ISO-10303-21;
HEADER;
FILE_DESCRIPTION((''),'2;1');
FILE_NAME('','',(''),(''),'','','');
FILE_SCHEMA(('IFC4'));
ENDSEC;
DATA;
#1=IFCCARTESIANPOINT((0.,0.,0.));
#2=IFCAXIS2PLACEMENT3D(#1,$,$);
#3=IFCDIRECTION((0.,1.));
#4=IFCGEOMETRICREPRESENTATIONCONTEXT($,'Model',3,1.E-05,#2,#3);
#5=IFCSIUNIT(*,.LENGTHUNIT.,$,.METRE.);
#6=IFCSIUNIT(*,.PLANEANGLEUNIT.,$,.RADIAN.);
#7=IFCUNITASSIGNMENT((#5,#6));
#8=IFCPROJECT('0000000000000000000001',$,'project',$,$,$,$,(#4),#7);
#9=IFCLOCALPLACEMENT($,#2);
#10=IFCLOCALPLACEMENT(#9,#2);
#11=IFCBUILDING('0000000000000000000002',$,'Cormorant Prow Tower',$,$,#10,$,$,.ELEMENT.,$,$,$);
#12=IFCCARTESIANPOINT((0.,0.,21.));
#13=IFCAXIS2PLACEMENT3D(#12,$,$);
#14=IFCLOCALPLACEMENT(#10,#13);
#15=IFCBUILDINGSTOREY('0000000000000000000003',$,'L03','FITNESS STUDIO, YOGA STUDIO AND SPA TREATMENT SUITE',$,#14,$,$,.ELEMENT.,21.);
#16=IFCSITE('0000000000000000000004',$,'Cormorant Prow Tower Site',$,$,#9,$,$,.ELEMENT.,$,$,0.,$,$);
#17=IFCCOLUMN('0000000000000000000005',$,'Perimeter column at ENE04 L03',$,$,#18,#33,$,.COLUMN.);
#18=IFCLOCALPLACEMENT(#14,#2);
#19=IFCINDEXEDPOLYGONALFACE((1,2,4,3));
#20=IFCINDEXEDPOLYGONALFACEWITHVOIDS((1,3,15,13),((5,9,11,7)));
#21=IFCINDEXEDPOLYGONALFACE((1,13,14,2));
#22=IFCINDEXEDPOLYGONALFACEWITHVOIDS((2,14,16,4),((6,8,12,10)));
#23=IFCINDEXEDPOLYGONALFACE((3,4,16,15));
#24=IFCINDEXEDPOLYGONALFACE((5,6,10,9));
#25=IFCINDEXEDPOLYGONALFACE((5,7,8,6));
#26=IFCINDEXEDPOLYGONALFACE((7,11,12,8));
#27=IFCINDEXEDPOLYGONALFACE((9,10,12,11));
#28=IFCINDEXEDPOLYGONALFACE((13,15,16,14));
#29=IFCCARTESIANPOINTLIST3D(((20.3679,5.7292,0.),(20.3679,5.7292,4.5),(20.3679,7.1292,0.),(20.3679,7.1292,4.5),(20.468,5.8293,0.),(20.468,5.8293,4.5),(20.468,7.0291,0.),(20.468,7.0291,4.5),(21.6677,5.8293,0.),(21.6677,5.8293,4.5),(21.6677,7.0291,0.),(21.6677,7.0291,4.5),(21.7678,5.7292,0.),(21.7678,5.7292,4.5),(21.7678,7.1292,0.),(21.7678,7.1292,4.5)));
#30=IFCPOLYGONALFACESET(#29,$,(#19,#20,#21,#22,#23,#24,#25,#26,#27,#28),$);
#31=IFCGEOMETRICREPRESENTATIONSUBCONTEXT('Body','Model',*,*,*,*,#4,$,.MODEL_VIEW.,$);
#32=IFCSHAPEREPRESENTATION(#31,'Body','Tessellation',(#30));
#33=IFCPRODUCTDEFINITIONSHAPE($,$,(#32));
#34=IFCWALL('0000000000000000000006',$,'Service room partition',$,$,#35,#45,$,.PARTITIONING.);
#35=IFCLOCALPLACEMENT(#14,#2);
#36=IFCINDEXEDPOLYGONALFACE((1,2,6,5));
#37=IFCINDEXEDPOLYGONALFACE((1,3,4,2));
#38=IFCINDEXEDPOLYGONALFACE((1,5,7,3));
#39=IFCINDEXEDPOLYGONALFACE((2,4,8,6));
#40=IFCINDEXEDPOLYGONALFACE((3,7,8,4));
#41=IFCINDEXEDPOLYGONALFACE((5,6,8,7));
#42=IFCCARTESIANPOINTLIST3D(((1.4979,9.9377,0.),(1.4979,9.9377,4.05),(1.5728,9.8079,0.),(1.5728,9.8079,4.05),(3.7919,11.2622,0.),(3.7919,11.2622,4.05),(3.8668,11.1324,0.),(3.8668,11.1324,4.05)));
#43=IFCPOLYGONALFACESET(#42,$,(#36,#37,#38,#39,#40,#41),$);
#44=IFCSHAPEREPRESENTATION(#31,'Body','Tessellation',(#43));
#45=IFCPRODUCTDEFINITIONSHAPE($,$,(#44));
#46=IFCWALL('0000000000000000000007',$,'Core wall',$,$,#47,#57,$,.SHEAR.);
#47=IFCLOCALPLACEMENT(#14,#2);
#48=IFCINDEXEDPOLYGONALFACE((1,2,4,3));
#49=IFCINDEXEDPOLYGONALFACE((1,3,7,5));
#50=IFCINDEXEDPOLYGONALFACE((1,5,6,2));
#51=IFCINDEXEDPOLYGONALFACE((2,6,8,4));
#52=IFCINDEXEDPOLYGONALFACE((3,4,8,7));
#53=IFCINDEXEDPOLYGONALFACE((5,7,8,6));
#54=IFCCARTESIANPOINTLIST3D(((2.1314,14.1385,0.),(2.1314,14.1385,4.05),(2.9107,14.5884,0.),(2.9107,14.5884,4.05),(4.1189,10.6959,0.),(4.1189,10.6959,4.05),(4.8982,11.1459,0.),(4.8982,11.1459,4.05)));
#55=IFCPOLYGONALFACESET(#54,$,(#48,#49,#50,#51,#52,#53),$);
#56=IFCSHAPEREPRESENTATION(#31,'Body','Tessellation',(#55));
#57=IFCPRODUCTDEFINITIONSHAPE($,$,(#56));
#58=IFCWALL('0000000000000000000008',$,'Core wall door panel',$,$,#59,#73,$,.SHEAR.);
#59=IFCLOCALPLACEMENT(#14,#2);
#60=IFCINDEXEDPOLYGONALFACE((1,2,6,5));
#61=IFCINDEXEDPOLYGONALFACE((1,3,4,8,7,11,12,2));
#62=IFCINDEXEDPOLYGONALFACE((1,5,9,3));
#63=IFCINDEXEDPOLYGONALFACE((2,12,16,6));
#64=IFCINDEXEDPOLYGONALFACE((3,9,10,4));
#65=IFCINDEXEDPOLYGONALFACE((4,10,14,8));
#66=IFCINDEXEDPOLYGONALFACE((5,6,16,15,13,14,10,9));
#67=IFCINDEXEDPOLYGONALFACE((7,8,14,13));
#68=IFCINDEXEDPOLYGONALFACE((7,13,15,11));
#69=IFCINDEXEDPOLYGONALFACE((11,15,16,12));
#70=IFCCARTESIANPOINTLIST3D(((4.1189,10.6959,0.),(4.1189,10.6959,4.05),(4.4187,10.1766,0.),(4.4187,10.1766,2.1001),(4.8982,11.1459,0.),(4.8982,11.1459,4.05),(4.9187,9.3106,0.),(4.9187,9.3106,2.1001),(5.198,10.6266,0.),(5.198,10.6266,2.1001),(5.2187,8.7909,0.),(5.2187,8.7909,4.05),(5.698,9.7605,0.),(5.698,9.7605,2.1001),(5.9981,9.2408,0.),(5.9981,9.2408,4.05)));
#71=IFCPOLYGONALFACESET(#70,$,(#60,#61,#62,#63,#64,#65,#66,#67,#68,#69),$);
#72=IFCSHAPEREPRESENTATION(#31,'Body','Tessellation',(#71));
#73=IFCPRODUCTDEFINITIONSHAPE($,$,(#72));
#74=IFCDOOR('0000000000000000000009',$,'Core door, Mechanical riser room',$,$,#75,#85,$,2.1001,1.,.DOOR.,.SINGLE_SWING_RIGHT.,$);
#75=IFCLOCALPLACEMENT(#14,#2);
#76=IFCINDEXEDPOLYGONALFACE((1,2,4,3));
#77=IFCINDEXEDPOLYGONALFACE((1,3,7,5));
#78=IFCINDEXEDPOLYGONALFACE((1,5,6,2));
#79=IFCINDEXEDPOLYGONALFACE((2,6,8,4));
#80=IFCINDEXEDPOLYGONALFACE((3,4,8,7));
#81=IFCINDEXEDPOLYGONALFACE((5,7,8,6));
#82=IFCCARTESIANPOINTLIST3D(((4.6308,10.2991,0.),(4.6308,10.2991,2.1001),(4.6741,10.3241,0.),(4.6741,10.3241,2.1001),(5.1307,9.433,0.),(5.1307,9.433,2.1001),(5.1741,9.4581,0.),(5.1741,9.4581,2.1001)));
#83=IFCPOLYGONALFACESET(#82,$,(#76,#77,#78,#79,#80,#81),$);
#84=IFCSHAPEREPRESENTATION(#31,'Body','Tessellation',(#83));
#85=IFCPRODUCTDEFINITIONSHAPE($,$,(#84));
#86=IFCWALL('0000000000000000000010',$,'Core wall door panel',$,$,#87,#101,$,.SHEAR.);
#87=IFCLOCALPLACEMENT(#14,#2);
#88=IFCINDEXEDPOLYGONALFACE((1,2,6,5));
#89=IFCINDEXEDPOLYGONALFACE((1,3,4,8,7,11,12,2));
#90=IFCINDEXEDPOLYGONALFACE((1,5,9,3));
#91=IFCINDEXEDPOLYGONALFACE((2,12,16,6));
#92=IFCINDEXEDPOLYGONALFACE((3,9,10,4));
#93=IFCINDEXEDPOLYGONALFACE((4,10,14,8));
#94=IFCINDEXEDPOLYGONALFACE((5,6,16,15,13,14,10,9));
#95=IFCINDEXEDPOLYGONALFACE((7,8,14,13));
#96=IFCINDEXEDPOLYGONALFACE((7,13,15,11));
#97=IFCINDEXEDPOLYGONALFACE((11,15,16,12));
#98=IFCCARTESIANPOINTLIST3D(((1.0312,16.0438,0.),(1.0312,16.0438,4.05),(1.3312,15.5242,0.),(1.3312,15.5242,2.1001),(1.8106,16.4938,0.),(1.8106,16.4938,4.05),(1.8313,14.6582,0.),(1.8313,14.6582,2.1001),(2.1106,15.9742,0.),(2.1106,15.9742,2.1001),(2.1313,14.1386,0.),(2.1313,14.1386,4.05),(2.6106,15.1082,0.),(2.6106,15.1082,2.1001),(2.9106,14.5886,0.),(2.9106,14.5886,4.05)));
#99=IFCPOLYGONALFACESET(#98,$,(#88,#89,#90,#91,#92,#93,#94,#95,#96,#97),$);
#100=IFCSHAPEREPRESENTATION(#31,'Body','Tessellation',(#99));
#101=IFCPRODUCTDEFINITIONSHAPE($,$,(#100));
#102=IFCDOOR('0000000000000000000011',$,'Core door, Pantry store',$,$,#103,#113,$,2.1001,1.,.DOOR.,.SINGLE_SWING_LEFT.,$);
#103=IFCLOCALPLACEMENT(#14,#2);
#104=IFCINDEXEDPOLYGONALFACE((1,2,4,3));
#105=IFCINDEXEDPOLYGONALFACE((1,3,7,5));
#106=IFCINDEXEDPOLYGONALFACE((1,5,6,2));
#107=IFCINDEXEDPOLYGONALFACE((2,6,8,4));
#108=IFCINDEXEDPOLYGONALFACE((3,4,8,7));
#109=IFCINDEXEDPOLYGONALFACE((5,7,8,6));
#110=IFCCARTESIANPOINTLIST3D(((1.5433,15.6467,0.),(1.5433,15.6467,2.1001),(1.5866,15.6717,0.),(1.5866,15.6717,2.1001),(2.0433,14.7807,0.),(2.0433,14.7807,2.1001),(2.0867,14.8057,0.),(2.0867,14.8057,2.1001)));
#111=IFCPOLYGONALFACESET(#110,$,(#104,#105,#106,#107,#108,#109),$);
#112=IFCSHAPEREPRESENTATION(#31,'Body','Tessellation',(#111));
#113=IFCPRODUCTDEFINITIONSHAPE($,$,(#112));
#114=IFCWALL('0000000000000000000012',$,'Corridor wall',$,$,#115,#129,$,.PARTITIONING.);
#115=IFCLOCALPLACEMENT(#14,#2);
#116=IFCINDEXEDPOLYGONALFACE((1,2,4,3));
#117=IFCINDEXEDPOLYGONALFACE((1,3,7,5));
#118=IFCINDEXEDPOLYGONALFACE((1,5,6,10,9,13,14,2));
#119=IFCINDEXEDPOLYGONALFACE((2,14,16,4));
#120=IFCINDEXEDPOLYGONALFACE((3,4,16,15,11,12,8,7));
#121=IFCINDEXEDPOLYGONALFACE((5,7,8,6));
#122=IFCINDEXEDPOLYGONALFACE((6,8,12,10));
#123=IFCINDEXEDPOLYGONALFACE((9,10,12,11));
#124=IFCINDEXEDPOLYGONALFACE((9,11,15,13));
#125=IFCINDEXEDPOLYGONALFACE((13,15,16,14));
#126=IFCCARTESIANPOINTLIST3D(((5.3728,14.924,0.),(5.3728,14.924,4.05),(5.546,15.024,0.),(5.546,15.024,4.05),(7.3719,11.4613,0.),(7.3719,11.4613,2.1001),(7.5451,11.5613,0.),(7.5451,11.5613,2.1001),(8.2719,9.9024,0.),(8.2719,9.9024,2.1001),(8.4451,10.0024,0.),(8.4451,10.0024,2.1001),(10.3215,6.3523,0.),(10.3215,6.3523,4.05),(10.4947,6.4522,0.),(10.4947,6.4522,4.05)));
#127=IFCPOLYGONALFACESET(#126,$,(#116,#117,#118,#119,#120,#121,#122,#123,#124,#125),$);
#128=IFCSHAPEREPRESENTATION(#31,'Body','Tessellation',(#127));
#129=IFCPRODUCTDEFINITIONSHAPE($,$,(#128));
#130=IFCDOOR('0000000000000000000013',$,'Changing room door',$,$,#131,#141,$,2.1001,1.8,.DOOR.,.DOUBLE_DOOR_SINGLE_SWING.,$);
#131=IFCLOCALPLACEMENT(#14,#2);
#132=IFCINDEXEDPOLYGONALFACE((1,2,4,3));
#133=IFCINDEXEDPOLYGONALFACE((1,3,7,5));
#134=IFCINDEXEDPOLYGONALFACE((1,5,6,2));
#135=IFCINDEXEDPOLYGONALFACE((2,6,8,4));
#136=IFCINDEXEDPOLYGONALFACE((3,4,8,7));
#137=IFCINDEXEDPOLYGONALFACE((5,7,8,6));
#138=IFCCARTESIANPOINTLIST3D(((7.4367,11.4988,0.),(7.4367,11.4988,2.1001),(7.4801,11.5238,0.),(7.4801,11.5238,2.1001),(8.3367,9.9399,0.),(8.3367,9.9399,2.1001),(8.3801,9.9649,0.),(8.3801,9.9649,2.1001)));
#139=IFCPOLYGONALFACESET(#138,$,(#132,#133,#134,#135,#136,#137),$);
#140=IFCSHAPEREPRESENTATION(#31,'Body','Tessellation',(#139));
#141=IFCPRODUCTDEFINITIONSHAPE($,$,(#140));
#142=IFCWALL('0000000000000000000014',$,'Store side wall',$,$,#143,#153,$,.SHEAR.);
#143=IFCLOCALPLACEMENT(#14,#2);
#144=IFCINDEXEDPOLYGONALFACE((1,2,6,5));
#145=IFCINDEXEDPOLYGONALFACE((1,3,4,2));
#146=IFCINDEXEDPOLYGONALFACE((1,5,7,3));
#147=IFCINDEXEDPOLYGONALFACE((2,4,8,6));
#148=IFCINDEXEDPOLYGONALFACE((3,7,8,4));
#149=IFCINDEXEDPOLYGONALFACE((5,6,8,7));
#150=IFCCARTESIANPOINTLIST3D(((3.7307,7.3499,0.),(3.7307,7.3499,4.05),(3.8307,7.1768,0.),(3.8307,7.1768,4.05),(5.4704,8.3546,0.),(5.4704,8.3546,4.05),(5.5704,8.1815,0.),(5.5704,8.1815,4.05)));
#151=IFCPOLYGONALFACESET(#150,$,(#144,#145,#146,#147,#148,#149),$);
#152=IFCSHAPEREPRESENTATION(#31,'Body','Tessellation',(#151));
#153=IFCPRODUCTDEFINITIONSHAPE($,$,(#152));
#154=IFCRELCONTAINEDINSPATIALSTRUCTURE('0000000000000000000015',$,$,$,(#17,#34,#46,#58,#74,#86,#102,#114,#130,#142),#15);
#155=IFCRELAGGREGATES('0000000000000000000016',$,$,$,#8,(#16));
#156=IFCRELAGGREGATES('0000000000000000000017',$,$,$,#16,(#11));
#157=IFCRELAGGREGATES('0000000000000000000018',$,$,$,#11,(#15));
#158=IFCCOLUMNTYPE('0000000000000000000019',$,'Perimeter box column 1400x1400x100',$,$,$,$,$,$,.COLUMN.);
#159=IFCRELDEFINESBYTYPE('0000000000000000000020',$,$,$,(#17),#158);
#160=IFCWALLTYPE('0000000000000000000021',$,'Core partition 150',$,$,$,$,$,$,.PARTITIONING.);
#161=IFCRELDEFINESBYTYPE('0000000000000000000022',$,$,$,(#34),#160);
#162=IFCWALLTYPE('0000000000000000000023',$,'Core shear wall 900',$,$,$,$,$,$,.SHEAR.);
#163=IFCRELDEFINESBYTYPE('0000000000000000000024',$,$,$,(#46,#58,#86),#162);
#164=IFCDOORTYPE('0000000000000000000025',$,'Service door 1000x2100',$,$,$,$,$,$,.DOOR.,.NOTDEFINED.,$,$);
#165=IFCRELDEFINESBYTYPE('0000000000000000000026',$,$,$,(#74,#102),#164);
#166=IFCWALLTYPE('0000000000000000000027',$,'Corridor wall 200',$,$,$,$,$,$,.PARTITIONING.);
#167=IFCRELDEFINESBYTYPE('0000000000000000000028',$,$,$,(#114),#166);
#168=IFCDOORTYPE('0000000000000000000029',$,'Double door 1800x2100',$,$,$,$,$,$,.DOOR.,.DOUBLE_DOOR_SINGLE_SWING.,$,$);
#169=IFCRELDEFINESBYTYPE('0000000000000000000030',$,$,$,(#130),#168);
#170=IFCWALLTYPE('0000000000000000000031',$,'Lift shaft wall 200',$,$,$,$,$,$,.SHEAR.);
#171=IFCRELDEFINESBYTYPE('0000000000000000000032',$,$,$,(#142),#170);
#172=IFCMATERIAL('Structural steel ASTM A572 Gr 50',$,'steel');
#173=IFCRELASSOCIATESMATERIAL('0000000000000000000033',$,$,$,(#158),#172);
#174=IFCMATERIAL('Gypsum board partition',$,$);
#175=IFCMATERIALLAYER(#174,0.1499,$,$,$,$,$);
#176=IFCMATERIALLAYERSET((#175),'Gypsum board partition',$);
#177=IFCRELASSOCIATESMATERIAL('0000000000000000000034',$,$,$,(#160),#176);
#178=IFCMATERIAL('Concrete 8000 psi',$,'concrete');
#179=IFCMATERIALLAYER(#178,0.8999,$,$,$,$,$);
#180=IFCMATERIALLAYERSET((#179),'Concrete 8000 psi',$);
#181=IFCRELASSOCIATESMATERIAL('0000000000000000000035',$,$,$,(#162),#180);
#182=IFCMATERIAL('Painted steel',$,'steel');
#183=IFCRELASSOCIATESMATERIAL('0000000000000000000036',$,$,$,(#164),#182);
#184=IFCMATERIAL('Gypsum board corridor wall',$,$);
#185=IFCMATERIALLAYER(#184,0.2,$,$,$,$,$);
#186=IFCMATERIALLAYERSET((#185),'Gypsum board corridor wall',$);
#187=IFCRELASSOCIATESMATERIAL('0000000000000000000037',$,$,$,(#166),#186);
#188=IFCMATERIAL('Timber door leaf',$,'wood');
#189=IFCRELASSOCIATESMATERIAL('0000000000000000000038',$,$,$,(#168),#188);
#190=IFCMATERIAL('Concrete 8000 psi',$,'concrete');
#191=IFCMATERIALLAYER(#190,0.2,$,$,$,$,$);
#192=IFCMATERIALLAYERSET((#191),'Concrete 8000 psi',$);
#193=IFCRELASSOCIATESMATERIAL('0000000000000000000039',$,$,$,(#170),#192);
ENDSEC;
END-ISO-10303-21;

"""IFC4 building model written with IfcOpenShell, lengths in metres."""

from ifc_helpers import new_model, si_unit, direction, frame, frame_2d, origin, origin_2d, place, context, subcontext, project, spatial, rectangle, hollow_rectangle, extrude, material, layer, layer_set, material_profile, profile_set, type_object, element, fill, save


model = new_model("IFC4")

# Units and contexts
model_context = context("Model", 3, precision=1e-05, world=origin(), true_north=direction((0.0, 1.0)))
body_context = subcontext(model_context, "Body", "Model", "MODEL_VIEW")
ifc_project = project(units=[si_unit("LENGTHUNIT", "METRE"), si_unit("PLANEANGLEUNIT", "RADIAN")], contexts=[model_context])

# Site, building, storey
site_placement = place(None, origin())
site = spatial("IfcSite", under=ifc_project, at=site_placement, Name="Cormorant Prow Tower Site", CompositionType="ELEMENT", RefElevation=0.0)
building_placement = place(site_placement, origin())
building = spatial("IfcBuilding", under=site, at=building_placement, Name="Cormorant Prow Tower", CompositionType="ELEMENT")
storey_placement = place(building_placement, frame((0.0, 0.0, 21.0)))
storey = spatial("IfcBuildingStorey", under=building, at=storey_placement, Name="L03", Description="FITNESS STUDIO, YOGA STUDIO AND SPA TREATMENT SUITE", CompositionType="ELEMENT", Elevation=21.0)

# Column
ifc_material_1 = material(Name="Structural steel ASTM A572 Gr 50", Category="steel")
ifc_material_profile = material_profile(ifc_material_1, hollow_rectangle(XDim=1.3999, YDim=1.3999, WallThickness=0.1001, at=origin_2d()), Name="Box 1400x1400x100")
ifc_profile_set = profile_set([ifc_material_profile], Name="Structural steel ASTM A572 Gr 50")
column_type = type_object("IfcColumnType", Name="Perimeter box column 1400x1400x100", PredefinedType="COLUMN", material=ifc_profile_set)
column_placement = place(storey_placement, frame((21.0679, 6.4292, 0.0), z_axis=(0.0, 0.0, 1.0), x_axis=(1.0, 0.0, 0.0)))
element("IfcColumn", 1, at=column_placement, inside=storey, type_object=column_type, Name="Perimeter column at ENE04 L03", PredefinedType="COLUMN", context=body_context, shape_type="SweptSolid", body=[
    extrude(hollow_rectangle(XDim=1.3999, YDim=1.3999, WallThickness=0.1001, at=origin_2d()), origin(), (0.0, 0.0, 1.0), 4.5),
])

# Walls
ifc_material_2 = material(Name="Gypsum board partition")
ifc_layer_1 = layer(ifc_material_2, 0.1499)
ifc_layer_set_1 = layer_set([ifc_layer_1], Name="Gypsum board partition")
wall_type_1 = type_object("IfcWallType", Name="Core partition 150", PredefinedType="PARTITIONING", material=ifc_layer_set_1)
wall_1_placement = place(storey_placement, frame((3.8293, 11.1973, 0.0), z_axis=(0.0, 0.0, 1.0), x_axis=(-0.866017, -0.500015, 0.0)))
element("IfcWall", 2, at=wall_1_placement, inside=storey, type_object=wall_type_1, Name="Service room partition", PredefinedType="PARTITIONING", context=body_context, shape_type="SweptSolid", body=[
    extrude(rectangle(XDim=2.6489, YDim=0.1499, at=frame_2d((1.3245, 0.0))), origin(), (0.0, 0.0, 1.0), 4.05),
])
ifc_material_3 = material(Name="Concrete 8000 psi", Category="concrete")
ifc_layer_2 = layer(ifc_material_3, 0.8999)
ifc_layer_set_2 = layer_set([ifc_layer_2], Name="Concrete 8000 psi")
wall_type_2 = type_object("IfcWallType", Name="Core shear wall 900", PredefinedType="SHEAR", material=ifc_layer_set_2)
wall_2_placement = place(storey_placement, frame((4.5085, 10.9209, 0.0), z_axis=(0.0, 0.0, 1.0), x_axis=(-0.49999, 0.866031, 0.0)))
element("IfcWall", 3, at=wall_2_placement, inside=storey, type_object=wall_type_2, Name="Core wall", PredefinedType="SHEAR", context=body_context, shape_type="SweptSolid", body=[
    extrude(rectangle(XDim=3.9751, YDim=0.8999, at=frame_2d((1.9875, 0.0))), origin(), (0.0, 0.0, 1.0), 4.05),
])

# Walls, openings, doors
wall_3_placement = place(storey_placement, frame((5.6084, 9.0159, 0.0), z_axis=(0.0, 0.0, 1.0), x_axis=(-0.499995, 0.866028, 0.0)))
wall_3 = element("IfcWall", 4, at=wall_3_placement, inside=storey, type_object=wall_type_2, Name="Core wall door panel", PredefinedType="SHEAR", context=body_context, shape_type="SweptSolid", body=[
    extrude(rectangle(XDim=2.1997, YDim=0.8999, at=frame_2d((1.0999, 0.0))), origin(), (0.0, 0.0, 1.0), 4.05),
])
opening_1_placement = place(wall_3_placement, frame((0.6001, 0.0, 0.0)))
opening_1 = element("IfcOpeningElement", 5, at=opening_1_placement, cuts=wall_3, PredefinedType="OPENING", context=body_context, shape_type="SweptSolid", body=[
    extrude(rectangle(XDim=1.0, YDim=2.1001, at=frame_2d((0.5, 1.05))), frame((0.0, 0.46, 0.0), z_axis=(0.0, -1.0, 0.0), x_axis=(1.0, 0.0, 0.0)), (0.0, 0.0, 1.0), 0.9199),
])
ifc_material_4 = material(Name="Painted steel", Category="steel")
door_type_1 = type_object("IfcDoorType", Name="Service door 1000x2100", OperationType="NOTDEFINED", PredefinedType="DOOR", material=ifc_material_4)
door_1_placement = place(opening_1_placement, origin())
door_1 = element("IfcDoor", 6, at=door_1_placement, inside=storey, type_object=door_type_1, Name="Core door, Mechanical riser room", OperationType="SINGLE_SWING_RIGHT", OverallHeight=2.1001, OverallWidth=1.0, PredefinedType="DOOR", context=body_context, shape_type="SweptSolid", body=[
    extrude(rectangle(XDim=1.0, YDim=2.1001, at=frame_2d((0.5, 1.05))), frame((0.0, 0.2051, 0.0), z_axis=(0.0, -1.0, 0.0), x_axis=(1.0, 0.0, 0.0)), (0.0, 0.0, 1.0), 0.05),
])
fill(opening_1, door_1)
wall_4_placement = place(storey_placement, frame((2.521, 14.3635, 0.0), z_axis=(0.0, 0.0, 1.0), x_axis=(-0.50003, 0.866008, 0.0)))
wall_4 = element("IfcWall", 7, at=wall_4_placement, inside=storey, type_object=wall_type_2, Name="Core wall door panel", PredefinedType="SHEAR", context=body_context, shape_type="SweptSolid", body=[
    extrude(rectangle(XDim=2.2, YDim=0.8999, at=frame_2d((1.1001, 0.0))), origin(), (0.0, 0.0, 1.0), 4.05),
])
opening_2_placement = place(wall_4_placement, frame((0.6001, 0.0, 0.0)))
opening_2 = element("IfcOpeningElement", 8, at=opening_2_placement, cuts=wall_4, PredefinedType="OPENING", context=body_context, shape_type="SweptSolid", body=[
    extrude(rectangle(XDim=1.0, YDim=2.1001, at=frame_2d((0.5, 1.05))), frame((0.0, 0.46, 0.0), z_axis=(0.0, -1.0, 0.0), x_axis=(1.0, 0.0, 0.0)), (0.0, 0.0, 1.0), 0.9199),
])
door_2_placement = place(opening_2_placement, origin())
door_2 = element("IfcDoor", 9, at=door_2_placement, inside=storey, type_object=door_type_1, Name="Core door, Pantry store", OperationType="SINGLE_SWING_LEFT", OverallHeight=2.1001, OverallWidth=1.0, PredefinedType="DOOR", context=body_context, shape_type="SweptSolid", body=[
    extrude(rectangle(XDim=1.0, YDim=2.1001, at=frame_2d((0.5, 1.05))), frame((0.0, 0.2051, 0.0), z_axis=(0.0, -1.0, 0.0), x_axis=(1.0, 0.0, 0.0)), (0.0, 0.0, 1.0), 0.05),
])
fill(opening_2, door_2)
ifc_material_5 = material(Name="Gypsum board corridor wall")
ifc_layer_3 = layer(ifc_material_5, 0.2)
ifc_layer_set_3 = layer_set([ifc_layer_3], Name="Gypsum board corridor wall")
wall_type_3 = type_object("IfcWallType", Name="Corridor wall 200", PredefinedType="PARTITIONING", material=ifc_layer_set_3)
wall_5_placement = place(storey_placement, frame((5.4595, 14.9739, 0.0), z_axis=(0.0, 0.0, 1.0), x_axis=(0.499986, -0.866034, 0.0)))
wall_5 = element("IfcWall", 10, at=wall_5_placement, inside=storey, type_object=wall_type_3, Name="Corridor wall", PredefinedType="PARTITIONING", context=body_context, shape_type="SweptSolid", body=[
    extrude(rectangle(XDim=9.8977, YDim=0.2, at=frame_2d((4.9487, 0.0))), origin(), (0.0, 0.0, 1.0), 4.05),
])
opening_3_placement = place(wall_5_placement, frame((3.9983, 0.0, 0.0)))
opening_3 = element("IfcOpeningElement", 11, at=opening_3_placement, cuts=wall_5, PredefinedType="OPENING", context=body_context, shape_type="SweptSolid", body=[
    extrude(rectangle(XDim=1.8, YDim=2.1001, at=frame_2d((0.8999, 1.05))), frame((0.0, 0.1099, 0.0), z_axis=(0.0, -1.0, 0.0), x_axis=(1.0, 0.0, 0.0)), (0.0, 0.0, 1.0), 0.22),
])
ifc_material_6 = material(Name="Timber door leaf", Category="wood")
door_type_2 = type_object("IfcDoorType", Name="Double door 1800x2100", OperationType="DOUBLE_DOOR_SINGLE_SWING", PredefinedType="DOOR", material=ifc_material_6)
door_3_placement = place(opening_3_placement, origin())
door_3 = element("IfcDoor", 12, at=door_3_placement, inside=storey, type_object=door_type_2, Name="Changing room door", OperationType="DOUBLE_DOOR_SINGLE_SWING", OverallHeight=2.1001, OverallWidth=1.8, PredefinedType="DOOR", context=body_context, shape_type="SweptSolid", body=[
    extrude(rectangle(XDim=1.8, YDim=2.1001, at=frame_2d((0.8999, 1.05))), frame((0.0, 0.0249, 0.0), z_axis=(0.0, -1.0, 0.0), x_axis=(1.0, 0.0, 0.0)), (0.0, 0.0, 1.0), 0.05),
])
fill(opening_3, door_3)

# Wall
ifc_material_7 = material(Name="Concrete 8000 psi", Category="concrete")
ifc_layer_4 = layer(ifc_material_7, 0.2)
ifc_layer_set_4 = layer_set([ifc_layer_4], Name="Concrete 8000 psi")
wall_type_4 = type_object("IfcWallType", Name="Lift shaft wall 200", PredefinedType="SHEAR", material=ifc_layer_set_4)
wall_6_placement = place(storey_placement, frame((3.7808, 7.2634, 0.0), z_axis=(0.0, 0.0, 1.0), x_axis=(0.865983, 0.500073, 0.0)))
element("IfcWall", 13, at=wall_6_placement, inside=storey, type_object=wall_type_4, Name="Store side wall", PredefinedType="SHEAR", context=body_context, shape_type="SweptSolid", body=[
    extrude(rectangle(XDim=2.009, YDim=0.2, at=frame_2d((1.0044, 0.0))), origin(), (0.0, 0.0, 1.0), 4.05),
])

save(model, "model.ifc")
